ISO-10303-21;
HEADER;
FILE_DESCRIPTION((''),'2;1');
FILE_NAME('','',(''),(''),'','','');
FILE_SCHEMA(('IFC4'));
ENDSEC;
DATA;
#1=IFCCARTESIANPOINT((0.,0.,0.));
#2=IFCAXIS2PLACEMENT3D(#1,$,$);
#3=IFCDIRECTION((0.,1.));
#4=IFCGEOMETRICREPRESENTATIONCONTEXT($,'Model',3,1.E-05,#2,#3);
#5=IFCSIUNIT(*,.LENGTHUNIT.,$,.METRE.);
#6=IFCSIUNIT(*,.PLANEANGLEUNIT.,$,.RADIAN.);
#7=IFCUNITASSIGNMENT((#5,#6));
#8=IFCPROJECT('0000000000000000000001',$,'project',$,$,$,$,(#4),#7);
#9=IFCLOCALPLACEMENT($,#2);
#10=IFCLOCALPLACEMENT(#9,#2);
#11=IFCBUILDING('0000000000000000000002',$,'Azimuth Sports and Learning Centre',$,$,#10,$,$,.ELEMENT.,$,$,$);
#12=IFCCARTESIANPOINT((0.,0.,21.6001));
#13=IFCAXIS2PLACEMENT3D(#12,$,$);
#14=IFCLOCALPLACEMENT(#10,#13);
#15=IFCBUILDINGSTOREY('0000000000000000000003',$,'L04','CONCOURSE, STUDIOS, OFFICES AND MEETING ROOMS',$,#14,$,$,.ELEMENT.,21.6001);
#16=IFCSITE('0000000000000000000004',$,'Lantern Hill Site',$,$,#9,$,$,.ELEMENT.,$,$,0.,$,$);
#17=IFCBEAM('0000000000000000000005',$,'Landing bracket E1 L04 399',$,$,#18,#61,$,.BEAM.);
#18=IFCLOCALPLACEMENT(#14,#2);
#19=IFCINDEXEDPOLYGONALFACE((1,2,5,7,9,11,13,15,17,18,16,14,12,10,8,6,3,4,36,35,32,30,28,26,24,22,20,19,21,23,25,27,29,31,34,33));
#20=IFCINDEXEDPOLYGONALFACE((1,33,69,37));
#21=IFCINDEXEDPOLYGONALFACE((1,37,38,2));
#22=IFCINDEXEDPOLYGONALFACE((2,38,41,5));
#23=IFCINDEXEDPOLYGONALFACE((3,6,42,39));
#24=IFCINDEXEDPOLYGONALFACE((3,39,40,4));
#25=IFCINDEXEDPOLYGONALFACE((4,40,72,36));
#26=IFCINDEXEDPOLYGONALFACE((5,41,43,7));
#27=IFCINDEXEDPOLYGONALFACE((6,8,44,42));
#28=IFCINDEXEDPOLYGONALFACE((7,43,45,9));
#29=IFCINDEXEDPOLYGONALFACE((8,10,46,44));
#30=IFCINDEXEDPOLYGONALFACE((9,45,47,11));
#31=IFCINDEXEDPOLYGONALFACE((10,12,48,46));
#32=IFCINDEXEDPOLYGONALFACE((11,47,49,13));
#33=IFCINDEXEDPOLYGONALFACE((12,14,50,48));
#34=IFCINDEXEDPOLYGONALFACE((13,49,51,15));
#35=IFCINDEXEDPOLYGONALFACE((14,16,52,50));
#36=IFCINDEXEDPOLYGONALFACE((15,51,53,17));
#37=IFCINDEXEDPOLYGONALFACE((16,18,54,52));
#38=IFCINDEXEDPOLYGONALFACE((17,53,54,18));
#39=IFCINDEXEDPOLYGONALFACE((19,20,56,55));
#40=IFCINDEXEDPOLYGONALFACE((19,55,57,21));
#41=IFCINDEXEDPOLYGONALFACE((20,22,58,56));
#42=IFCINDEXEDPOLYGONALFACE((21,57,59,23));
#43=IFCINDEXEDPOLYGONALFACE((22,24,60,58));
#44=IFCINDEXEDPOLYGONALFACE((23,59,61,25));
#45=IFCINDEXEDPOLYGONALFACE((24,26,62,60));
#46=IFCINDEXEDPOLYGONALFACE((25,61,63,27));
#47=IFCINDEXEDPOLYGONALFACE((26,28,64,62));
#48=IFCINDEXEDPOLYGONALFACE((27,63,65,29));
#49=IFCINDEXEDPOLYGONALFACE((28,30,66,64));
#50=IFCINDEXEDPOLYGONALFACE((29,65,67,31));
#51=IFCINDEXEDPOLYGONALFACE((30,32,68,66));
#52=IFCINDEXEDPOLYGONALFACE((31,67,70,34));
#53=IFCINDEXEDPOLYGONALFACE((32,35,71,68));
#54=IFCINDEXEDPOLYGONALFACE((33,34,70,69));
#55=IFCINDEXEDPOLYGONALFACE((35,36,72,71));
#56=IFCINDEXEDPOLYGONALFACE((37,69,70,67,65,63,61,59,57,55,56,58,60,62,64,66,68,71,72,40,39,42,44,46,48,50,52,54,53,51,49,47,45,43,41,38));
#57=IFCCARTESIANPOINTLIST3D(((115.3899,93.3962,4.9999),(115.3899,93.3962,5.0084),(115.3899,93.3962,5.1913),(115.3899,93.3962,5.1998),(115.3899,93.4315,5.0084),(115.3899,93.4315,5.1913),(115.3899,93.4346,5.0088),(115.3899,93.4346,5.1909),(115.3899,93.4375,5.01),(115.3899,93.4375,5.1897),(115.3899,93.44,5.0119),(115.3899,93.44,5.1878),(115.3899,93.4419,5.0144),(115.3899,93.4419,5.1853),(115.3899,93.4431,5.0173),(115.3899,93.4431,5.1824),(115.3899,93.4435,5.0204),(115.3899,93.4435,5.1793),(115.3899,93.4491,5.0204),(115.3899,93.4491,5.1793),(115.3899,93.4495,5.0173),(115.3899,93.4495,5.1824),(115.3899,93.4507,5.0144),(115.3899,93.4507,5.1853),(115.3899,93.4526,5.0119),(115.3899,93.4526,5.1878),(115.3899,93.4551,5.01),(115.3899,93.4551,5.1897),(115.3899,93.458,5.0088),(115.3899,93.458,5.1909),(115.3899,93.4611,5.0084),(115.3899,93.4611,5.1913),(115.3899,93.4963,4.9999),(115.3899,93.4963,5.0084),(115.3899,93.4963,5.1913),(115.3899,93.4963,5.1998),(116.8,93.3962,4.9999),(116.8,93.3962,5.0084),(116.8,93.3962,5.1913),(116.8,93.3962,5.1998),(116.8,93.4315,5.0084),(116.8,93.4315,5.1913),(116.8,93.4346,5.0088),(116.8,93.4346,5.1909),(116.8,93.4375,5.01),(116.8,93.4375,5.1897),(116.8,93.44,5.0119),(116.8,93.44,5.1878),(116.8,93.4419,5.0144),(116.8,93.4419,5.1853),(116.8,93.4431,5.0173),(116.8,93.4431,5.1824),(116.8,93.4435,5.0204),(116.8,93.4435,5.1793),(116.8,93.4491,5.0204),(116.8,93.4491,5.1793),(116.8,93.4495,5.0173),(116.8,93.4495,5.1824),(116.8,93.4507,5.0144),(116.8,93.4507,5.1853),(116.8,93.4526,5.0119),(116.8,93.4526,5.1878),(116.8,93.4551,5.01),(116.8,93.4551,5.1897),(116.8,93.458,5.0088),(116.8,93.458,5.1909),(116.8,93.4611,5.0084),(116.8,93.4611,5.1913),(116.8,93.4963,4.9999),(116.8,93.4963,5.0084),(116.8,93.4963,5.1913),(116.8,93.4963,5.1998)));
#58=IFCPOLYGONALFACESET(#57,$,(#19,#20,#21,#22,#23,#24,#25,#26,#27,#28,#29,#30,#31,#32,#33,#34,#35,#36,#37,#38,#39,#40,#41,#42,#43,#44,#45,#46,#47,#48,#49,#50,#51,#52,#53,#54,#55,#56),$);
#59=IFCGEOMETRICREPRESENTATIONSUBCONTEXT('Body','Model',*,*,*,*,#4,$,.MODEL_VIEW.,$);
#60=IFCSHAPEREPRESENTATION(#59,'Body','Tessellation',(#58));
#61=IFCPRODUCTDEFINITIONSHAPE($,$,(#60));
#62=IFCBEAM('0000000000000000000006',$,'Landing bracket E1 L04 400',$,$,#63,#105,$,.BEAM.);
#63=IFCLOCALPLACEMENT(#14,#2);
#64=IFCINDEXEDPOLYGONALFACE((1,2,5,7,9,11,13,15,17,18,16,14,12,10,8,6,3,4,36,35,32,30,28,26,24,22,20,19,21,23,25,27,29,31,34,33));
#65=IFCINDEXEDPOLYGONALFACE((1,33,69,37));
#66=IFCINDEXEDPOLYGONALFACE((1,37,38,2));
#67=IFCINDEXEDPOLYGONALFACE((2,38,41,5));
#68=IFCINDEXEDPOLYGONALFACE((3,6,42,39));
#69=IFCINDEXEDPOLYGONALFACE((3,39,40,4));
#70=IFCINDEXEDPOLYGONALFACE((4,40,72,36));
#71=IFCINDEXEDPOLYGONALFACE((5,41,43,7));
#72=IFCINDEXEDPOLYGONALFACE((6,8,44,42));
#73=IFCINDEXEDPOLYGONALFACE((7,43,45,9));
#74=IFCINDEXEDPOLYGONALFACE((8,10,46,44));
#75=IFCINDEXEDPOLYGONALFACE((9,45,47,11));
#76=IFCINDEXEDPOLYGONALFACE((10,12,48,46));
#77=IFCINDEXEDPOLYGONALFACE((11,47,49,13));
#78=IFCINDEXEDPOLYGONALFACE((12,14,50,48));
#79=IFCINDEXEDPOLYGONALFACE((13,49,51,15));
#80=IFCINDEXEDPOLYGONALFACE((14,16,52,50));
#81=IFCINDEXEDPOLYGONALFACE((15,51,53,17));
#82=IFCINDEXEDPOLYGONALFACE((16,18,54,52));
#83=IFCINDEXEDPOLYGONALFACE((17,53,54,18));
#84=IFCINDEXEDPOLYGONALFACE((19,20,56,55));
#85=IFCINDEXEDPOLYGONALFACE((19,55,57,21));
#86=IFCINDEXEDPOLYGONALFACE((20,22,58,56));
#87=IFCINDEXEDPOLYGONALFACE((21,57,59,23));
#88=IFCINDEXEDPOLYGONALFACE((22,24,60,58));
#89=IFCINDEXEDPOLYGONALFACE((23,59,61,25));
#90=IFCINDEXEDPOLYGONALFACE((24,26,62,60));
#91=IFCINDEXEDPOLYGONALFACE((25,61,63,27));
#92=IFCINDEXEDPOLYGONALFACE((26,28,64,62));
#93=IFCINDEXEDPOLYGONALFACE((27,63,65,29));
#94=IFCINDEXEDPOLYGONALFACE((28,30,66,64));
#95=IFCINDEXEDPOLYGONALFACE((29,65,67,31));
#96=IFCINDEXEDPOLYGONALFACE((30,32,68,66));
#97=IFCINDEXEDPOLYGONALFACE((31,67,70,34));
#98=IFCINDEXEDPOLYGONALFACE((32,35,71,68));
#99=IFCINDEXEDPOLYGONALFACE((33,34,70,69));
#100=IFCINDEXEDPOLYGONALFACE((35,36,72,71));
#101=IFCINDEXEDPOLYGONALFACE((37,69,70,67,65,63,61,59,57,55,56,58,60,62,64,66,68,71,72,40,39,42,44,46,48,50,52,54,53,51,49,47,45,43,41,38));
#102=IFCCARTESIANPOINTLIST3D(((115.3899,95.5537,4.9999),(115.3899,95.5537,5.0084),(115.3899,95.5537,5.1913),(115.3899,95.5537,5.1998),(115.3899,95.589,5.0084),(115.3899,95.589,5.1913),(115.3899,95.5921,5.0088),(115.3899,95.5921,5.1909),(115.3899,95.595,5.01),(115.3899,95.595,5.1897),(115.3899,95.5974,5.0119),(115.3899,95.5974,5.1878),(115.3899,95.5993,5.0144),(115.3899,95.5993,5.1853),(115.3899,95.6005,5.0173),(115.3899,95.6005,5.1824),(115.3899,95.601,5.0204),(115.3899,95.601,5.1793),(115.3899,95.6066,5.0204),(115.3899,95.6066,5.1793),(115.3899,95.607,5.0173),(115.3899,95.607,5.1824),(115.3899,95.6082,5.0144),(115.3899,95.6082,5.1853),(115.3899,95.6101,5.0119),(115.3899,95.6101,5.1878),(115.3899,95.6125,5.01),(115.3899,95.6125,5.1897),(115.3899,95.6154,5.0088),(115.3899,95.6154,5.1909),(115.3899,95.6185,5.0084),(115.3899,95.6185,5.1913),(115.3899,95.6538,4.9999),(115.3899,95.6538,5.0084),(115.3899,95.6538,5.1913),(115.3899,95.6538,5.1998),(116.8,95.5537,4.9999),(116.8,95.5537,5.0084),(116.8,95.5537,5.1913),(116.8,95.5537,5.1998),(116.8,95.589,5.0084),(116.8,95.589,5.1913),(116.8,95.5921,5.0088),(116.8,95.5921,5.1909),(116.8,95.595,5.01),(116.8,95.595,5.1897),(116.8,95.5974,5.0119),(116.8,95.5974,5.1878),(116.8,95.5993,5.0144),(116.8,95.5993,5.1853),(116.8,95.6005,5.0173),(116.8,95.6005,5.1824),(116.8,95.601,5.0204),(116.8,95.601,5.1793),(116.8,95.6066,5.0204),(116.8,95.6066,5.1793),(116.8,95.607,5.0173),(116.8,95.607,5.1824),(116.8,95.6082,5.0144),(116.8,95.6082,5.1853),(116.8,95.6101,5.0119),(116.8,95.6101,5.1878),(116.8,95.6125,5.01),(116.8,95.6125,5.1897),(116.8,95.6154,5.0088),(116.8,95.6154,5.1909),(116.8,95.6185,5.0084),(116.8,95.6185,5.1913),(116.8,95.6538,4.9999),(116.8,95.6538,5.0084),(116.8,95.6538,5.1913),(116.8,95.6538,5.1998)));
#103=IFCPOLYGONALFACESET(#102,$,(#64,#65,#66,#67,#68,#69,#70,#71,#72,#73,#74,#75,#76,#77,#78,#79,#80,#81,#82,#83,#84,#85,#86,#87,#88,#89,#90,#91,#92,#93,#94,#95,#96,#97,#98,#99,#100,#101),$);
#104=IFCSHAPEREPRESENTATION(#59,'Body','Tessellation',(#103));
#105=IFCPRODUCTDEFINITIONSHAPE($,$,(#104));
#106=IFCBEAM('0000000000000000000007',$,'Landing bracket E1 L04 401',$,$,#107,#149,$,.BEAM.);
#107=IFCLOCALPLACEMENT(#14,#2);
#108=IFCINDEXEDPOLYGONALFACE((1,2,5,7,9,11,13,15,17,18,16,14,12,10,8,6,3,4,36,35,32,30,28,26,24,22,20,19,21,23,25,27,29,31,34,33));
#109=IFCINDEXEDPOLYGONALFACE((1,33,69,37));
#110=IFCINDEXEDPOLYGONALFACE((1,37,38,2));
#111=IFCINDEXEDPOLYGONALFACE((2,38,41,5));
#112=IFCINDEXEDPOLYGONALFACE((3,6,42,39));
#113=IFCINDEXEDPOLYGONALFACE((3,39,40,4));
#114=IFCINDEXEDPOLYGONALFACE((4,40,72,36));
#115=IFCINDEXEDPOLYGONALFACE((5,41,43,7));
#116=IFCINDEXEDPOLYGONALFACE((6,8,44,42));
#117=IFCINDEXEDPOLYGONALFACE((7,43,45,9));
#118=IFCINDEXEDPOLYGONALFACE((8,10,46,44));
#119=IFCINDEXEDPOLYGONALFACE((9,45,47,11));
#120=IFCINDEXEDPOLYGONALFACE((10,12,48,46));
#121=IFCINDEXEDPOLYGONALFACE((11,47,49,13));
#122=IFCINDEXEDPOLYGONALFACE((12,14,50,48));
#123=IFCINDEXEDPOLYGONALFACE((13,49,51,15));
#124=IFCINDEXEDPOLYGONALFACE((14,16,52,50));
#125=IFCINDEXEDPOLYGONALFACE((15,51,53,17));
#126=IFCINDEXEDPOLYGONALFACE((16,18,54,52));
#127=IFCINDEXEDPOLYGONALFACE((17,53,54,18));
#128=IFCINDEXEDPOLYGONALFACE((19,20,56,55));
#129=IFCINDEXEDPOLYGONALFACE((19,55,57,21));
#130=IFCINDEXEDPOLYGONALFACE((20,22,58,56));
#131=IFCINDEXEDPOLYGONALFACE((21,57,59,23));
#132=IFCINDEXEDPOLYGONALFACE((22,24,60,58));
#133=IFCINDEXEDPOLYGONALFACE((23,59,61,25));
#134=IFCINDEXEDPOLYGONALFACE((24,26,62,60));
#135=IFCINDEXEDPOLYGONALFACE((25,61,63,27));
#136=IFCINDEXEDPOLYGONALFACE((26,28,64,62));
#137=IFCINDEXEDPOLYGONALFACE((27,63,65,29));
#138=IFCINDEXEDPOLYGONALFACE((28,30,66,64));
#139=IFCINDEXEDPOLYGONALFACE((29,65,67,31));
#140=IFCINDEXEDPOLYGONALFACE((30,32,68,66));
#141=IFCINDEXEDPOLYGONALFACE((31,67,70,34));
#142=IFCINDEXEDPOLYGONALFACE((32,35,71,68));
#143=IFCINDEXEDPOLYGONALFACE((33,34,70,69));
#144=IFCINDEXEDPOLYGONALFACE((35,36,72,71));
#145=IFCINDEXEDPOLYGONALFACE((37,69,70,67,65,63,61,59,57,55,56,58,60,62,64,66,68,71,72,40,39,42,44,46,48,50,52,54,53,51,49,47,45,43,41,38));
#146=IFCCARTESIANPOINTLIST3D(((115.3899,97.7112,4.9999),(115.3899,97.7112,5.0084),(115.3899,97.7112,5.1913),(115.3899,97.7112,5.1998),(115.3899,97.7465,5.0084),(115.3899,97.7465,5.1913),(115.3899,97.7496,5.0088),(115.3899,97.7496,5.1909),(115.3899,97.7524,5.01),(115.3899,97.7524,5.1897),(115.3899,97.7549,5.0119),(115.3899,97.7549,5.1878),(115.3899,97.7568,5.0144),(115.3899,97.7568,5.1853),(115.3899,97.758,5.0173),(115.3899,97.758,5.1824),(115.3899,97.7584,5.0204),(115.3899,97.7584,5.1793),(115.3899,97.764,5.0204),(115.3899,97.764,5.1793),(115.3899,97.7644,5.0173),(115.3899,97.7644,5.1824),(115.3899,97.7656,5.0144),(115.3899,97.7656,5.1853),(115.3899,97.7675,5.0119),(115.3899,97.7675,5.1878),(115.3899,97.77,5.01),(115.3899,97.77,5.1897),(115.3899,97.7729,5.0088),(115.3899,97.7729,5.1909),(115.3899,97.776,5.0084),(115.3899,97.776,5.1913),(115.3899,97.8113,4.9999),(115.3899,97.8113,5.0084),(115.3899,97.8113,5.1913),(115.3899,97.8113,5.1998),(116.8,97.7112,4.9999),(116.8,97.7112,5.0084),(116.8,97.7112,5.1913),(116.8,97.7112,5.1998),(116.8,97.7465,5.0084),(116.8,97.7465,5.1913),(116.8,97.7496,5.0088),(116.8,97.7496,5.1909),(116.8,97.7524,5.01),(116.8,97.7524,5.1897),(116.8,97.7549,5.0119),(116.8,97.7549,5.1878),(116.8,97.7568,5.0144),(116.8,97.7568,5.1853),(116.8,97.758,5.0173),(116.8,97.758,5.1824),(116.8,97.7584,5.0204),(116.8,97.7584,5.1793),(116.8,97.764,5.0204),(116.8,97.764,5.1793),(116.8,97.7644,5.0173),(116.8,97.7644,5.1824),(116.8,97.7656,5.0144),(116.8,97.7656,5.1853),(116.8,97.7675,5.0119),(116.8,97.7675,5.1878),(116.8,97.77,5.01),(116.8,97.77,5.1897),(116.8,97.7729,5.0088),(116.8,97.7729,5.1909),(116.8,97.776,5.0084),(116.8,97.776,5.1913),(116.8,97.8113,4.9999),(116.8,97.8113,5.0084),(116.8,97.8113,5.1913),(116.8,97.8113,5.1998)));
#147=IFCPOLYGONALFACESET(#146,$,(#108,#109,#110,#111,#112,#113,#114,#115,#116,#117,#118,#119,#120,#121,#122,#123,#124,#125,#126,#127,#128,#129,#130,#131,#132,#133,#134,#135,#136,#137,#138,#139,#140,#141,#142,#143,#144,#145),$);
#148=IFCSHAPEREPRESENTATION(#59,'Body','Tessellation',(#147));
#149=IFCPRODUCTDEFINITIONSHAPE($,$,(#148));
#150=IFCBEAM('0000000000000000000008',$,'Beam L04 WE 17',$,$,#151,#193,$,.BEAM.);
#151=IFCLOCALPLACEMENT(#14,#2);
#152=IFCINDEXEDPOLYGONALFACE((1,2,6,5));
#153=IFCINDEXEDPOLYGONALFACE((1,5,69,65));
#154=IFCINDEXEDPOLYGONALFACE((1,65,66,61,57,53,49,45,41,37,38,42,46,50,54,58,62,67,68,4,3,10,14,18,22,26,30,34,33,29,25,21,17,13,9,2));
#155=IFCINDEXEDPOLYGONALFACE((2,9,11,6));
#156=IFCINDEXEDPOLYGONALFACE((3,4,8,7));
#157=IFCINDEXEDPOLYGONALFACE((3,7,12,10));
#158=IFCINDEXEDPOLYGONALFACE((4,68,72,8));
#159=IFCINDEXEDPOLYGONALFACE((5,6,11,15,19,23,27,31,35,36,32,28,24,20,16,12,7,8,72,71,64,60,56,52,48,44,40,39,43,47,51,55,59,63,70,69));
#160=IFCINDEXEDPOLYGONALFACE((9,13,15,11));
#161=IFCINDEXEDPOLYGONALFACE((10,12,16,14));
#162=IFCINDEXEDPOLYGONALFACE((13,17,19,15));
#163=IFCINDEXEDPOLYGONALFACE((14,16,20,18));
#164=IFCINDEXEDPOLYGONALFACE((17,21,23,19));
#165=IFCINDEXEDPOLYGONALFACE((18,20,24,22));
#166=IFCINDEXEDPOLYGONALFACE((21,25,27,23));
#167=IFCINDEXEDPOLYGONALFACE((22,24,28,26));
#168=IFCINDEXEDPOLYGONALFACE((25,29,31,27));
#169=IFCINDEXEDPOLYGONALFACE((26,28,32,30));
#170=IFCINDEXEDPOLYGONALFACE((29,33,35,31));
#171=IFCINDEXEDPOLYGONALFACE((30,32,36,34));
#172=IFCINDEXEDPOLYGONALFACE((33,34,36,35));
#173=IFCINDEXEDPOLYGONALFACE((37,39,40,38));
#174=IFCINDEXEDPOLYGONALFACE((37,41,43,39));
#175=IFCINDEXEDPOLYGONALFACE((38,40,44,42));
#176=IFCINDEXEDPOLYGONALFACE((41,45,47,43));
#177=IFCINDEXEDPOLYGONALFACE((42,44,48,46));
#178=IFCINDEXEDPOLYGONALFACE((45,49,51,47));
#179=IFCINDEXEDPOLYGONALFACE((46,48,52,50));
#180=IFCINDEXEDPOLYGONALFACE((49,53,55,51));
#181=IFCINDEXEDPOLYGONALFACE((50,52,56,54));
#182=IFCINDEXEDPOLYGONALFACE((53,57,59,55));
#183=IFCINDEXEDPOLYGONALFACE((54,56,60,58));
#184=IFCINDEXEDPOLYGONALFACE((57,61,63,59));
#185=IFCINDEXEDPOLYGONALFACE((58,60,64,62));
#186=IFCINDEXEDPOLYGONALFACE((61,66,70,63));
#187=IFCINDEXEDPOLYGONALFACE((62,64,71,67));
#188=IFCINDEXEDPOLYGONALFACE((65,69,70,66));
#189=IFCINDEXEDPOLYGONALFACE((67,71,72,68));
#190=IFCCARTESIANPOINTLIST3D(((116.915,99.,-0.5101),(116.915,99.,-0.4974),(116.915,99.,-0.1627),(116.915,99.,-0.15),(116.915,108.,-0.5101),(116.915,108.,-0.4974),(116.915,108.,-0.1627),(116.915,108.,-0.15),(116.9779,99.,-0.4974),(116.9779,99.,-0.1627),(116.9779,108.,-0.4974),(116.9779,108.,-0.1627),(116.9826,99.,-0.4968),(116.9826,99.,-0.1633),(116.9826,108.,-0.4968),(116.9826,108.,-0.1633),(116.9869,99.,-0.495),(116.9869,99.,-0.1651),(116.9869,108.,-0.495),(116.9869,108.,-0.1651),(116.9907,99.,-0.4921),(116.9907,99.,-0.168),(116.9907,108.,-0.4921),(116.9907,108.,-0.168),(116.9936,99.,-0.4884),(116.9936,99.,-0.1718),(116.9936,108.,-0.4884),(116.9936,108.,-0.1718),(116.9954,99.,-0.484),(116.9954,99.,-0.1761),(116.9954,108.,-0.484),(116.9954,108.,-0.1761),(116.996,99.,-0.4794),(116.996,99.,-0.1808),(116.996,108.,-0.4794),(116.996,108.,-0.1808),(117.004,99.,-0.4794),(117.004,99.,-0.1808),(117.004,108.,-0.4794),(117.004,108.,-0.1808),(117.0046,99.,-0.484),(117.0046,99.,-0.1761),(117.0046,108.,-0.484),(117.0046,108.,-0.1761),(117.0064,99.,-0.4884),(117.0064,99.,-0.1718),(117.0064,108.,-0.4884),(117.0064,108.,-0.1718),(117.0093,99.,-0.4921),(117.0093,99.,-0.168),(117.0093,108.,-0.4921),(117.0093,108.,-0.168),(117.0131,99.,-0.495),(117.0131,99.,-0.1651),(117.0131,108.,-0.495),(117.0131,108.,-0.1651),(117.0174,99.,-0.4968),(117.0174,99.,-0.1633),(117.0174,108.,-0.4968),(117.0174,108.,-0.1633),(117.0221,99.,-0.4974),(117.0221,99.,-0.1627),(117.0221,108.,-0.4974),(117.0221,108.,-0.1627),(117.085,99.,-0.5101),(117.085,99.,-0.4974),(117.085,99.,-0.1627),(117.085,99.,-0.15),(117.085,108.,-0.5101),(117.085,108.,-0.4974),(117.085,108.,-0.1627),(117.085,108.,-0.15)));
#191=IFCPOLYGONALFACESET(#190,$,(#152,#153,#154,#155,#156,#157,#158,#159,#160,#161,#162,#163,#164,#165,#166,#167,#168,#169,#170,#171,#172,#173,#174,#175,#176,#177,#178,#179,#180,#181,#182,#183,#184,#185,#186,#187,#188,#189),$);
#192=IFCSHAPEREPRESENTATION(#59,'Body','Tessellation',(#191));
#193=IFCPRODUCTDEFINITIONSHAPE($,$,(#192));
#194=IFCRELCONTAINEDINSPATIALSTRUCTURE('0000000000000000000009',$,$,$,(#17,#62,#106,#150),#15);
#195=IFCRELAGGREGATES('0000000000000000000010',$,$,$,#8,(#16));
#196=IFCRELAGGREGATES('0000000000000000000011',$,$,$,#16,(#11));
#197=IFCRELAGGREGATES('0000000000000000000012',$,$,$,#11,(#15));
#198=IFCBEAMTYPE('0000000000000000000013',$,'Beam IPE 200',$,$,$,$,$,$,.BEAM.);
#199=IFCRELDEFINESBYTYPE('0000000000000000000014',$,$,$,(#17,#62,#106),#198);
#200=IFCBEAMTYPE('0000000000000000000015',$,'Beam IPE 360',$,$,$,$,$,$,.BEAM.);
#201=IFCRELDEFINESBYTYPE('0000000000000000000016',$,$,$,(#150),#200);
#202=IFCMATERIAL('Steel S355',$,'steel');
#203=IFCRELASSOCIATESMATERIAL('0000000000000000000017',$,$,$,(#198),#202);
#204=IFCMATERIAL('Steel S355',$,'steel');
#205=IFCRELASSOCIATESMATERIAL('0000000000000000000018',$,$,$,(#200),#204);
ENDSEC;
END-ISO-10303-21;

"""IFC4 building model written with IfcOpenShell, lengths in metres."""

from ifc_helpers import new_model, si_unit, direction, frame, origin, origin_2d, place, context, subcontext, project, spatial, i_section, extrude, material, material_profile, profile_set, type_object, element, save


model = new_model("IFC4")

# Units and contexts
model_context = context("Model", 3, precision=1e-05, world=origin(), true_north=direction((0.0, 1.0)))
body_context = subcontext(model_context, "Body", "Model", "MODEL_VIEW")
ifc_project = project(units=[si_unit("LENGTHUNIT", "METRE"), si_unit("PLANEANGLEUNIT", "RADIAN")], contexts=[model_context])

# Site, building, storey
site_placement = place(None, origin())
site = spatial("IfcSite", under=ifc_project, at=site_placement, Name="Lantern Hill Site", CompositionType="ELEMENT", RefElevation=0.0)
building_placement = place(site_placement, origin())
building = spatial("IfcBuilding", under=site, at=building_placement, Name="Azimuth Sports and Learning Centre", CompositionType="ELEMENT")
storey_placement = place(building_placement, frame((0.0, 0.0, 21.6001)))
storey = spatial("IfcBuildingStorey", under=building, at=storey_placement, Name="L04", Description="CONCOURSE, STUDIOS, OFFICES AND MEETING ROOMS", CompositionType="ELEMENT", Elevation=21.6001)

# Beams
ifc_material_1 = material(Name="Steel S355", Category="steel")
ifc_material_profile_1 = material_profile(ifc_material_1, i_section(OverallWidth=0.1001, OverallDepth=0.2, WebThickness=0.0056, FlangeThickness=0.0085, FilletRadius=0.012, at=origin_2d()), Name="IPE 200")
ifc_profile_set_1 = profile_set([ifc_material_profile_1], Name="Steel S355")
beam_type_1 = type_object("IfcBeamType", Name="Beam IPE 200", PredefinedType="BEAM", material=ifc_profile_set_1)
for number, where, z_axis, x_axis, name in (
    (1, (116.8, 93.4463, 5.0999), (-1.0, 0.0, 0.0), (0.0, -1.0, 0.0), "Landing bracket E1 L04 399"),
    (2, (116.8, 95.6038, 5.0999), (-1.0, 0.0, 0.0), (0.0, -1.0, 0.0), "Landing bracket E1 L04 400"),
    (3, (116.8, 97.7612, 5.0999), (-1.0, 0.0, 0.0), (0.0, -1.0, 0.0), "Landing bracket E1 L04 401"),
):
    element("IfcBeam", number, at=place(storey_placement, frame(where, z_axis=z_axis, x_axis=x_axis)), inside=storey, type_object=beam_type_1, Name=name, PredefinedType="BEAM", context=body_context, shape_type="SweptSolid", body=[
        extrude(i_section(OverallWidth=0.1001, OverallDepth=0.2, WebThickness=0.0056, FlangeThickness=0.0085, FilletRadius=0.012, at=origin_2d()), origin(), (0.0, 0.0, 1.0), 1.4102),
    ])
ifc_material_2 = material(Name="Steel S355", Category="steel")
ifc_material_profile_2 = material_profile(ifc_material_2, i_section(OverallWidth=0.1699, OverallDepth=0.3601, WebThickness=0.0081, FlangeThickness=0.0127, FilletRadius=0.0181, at=origin_2d()), Name="IPE 360")
ifc_profile_set_2 = profile_set([ifc_material_profile_2], Name="Steel S355")
beam_type_2 = type_object("IfcBeamType", Name="Beam IPE 360", PredefinedType="BEAM", material=ifc_profile_set_2)
beam_1_placement = place(storey_placement, frame((117.0, 99.0, -0.3301), z_axis=(0.0, 1.0, 0.0), x_axis=(-1.0, 0.0, 0.0)))
element("IfcBeam", 4, at=beam_1_placement, inside=storey, type_object=beam_type_2, Name="Beam L04 WE 17", PredefinedType="BEAM", context=body_context, shape_type="SweptSolid", body=[
    extrude(i_section(OverallWidth=0.1699, OverallDepth=0.3601, WebThickness=0.0081, FlangeThickness=0.0127, FilletRadius=0.0181, at=origin_2d()), origin(), (0.0, 0.0, 1.0), 9.0),
])

save(model, "model.ifc")
